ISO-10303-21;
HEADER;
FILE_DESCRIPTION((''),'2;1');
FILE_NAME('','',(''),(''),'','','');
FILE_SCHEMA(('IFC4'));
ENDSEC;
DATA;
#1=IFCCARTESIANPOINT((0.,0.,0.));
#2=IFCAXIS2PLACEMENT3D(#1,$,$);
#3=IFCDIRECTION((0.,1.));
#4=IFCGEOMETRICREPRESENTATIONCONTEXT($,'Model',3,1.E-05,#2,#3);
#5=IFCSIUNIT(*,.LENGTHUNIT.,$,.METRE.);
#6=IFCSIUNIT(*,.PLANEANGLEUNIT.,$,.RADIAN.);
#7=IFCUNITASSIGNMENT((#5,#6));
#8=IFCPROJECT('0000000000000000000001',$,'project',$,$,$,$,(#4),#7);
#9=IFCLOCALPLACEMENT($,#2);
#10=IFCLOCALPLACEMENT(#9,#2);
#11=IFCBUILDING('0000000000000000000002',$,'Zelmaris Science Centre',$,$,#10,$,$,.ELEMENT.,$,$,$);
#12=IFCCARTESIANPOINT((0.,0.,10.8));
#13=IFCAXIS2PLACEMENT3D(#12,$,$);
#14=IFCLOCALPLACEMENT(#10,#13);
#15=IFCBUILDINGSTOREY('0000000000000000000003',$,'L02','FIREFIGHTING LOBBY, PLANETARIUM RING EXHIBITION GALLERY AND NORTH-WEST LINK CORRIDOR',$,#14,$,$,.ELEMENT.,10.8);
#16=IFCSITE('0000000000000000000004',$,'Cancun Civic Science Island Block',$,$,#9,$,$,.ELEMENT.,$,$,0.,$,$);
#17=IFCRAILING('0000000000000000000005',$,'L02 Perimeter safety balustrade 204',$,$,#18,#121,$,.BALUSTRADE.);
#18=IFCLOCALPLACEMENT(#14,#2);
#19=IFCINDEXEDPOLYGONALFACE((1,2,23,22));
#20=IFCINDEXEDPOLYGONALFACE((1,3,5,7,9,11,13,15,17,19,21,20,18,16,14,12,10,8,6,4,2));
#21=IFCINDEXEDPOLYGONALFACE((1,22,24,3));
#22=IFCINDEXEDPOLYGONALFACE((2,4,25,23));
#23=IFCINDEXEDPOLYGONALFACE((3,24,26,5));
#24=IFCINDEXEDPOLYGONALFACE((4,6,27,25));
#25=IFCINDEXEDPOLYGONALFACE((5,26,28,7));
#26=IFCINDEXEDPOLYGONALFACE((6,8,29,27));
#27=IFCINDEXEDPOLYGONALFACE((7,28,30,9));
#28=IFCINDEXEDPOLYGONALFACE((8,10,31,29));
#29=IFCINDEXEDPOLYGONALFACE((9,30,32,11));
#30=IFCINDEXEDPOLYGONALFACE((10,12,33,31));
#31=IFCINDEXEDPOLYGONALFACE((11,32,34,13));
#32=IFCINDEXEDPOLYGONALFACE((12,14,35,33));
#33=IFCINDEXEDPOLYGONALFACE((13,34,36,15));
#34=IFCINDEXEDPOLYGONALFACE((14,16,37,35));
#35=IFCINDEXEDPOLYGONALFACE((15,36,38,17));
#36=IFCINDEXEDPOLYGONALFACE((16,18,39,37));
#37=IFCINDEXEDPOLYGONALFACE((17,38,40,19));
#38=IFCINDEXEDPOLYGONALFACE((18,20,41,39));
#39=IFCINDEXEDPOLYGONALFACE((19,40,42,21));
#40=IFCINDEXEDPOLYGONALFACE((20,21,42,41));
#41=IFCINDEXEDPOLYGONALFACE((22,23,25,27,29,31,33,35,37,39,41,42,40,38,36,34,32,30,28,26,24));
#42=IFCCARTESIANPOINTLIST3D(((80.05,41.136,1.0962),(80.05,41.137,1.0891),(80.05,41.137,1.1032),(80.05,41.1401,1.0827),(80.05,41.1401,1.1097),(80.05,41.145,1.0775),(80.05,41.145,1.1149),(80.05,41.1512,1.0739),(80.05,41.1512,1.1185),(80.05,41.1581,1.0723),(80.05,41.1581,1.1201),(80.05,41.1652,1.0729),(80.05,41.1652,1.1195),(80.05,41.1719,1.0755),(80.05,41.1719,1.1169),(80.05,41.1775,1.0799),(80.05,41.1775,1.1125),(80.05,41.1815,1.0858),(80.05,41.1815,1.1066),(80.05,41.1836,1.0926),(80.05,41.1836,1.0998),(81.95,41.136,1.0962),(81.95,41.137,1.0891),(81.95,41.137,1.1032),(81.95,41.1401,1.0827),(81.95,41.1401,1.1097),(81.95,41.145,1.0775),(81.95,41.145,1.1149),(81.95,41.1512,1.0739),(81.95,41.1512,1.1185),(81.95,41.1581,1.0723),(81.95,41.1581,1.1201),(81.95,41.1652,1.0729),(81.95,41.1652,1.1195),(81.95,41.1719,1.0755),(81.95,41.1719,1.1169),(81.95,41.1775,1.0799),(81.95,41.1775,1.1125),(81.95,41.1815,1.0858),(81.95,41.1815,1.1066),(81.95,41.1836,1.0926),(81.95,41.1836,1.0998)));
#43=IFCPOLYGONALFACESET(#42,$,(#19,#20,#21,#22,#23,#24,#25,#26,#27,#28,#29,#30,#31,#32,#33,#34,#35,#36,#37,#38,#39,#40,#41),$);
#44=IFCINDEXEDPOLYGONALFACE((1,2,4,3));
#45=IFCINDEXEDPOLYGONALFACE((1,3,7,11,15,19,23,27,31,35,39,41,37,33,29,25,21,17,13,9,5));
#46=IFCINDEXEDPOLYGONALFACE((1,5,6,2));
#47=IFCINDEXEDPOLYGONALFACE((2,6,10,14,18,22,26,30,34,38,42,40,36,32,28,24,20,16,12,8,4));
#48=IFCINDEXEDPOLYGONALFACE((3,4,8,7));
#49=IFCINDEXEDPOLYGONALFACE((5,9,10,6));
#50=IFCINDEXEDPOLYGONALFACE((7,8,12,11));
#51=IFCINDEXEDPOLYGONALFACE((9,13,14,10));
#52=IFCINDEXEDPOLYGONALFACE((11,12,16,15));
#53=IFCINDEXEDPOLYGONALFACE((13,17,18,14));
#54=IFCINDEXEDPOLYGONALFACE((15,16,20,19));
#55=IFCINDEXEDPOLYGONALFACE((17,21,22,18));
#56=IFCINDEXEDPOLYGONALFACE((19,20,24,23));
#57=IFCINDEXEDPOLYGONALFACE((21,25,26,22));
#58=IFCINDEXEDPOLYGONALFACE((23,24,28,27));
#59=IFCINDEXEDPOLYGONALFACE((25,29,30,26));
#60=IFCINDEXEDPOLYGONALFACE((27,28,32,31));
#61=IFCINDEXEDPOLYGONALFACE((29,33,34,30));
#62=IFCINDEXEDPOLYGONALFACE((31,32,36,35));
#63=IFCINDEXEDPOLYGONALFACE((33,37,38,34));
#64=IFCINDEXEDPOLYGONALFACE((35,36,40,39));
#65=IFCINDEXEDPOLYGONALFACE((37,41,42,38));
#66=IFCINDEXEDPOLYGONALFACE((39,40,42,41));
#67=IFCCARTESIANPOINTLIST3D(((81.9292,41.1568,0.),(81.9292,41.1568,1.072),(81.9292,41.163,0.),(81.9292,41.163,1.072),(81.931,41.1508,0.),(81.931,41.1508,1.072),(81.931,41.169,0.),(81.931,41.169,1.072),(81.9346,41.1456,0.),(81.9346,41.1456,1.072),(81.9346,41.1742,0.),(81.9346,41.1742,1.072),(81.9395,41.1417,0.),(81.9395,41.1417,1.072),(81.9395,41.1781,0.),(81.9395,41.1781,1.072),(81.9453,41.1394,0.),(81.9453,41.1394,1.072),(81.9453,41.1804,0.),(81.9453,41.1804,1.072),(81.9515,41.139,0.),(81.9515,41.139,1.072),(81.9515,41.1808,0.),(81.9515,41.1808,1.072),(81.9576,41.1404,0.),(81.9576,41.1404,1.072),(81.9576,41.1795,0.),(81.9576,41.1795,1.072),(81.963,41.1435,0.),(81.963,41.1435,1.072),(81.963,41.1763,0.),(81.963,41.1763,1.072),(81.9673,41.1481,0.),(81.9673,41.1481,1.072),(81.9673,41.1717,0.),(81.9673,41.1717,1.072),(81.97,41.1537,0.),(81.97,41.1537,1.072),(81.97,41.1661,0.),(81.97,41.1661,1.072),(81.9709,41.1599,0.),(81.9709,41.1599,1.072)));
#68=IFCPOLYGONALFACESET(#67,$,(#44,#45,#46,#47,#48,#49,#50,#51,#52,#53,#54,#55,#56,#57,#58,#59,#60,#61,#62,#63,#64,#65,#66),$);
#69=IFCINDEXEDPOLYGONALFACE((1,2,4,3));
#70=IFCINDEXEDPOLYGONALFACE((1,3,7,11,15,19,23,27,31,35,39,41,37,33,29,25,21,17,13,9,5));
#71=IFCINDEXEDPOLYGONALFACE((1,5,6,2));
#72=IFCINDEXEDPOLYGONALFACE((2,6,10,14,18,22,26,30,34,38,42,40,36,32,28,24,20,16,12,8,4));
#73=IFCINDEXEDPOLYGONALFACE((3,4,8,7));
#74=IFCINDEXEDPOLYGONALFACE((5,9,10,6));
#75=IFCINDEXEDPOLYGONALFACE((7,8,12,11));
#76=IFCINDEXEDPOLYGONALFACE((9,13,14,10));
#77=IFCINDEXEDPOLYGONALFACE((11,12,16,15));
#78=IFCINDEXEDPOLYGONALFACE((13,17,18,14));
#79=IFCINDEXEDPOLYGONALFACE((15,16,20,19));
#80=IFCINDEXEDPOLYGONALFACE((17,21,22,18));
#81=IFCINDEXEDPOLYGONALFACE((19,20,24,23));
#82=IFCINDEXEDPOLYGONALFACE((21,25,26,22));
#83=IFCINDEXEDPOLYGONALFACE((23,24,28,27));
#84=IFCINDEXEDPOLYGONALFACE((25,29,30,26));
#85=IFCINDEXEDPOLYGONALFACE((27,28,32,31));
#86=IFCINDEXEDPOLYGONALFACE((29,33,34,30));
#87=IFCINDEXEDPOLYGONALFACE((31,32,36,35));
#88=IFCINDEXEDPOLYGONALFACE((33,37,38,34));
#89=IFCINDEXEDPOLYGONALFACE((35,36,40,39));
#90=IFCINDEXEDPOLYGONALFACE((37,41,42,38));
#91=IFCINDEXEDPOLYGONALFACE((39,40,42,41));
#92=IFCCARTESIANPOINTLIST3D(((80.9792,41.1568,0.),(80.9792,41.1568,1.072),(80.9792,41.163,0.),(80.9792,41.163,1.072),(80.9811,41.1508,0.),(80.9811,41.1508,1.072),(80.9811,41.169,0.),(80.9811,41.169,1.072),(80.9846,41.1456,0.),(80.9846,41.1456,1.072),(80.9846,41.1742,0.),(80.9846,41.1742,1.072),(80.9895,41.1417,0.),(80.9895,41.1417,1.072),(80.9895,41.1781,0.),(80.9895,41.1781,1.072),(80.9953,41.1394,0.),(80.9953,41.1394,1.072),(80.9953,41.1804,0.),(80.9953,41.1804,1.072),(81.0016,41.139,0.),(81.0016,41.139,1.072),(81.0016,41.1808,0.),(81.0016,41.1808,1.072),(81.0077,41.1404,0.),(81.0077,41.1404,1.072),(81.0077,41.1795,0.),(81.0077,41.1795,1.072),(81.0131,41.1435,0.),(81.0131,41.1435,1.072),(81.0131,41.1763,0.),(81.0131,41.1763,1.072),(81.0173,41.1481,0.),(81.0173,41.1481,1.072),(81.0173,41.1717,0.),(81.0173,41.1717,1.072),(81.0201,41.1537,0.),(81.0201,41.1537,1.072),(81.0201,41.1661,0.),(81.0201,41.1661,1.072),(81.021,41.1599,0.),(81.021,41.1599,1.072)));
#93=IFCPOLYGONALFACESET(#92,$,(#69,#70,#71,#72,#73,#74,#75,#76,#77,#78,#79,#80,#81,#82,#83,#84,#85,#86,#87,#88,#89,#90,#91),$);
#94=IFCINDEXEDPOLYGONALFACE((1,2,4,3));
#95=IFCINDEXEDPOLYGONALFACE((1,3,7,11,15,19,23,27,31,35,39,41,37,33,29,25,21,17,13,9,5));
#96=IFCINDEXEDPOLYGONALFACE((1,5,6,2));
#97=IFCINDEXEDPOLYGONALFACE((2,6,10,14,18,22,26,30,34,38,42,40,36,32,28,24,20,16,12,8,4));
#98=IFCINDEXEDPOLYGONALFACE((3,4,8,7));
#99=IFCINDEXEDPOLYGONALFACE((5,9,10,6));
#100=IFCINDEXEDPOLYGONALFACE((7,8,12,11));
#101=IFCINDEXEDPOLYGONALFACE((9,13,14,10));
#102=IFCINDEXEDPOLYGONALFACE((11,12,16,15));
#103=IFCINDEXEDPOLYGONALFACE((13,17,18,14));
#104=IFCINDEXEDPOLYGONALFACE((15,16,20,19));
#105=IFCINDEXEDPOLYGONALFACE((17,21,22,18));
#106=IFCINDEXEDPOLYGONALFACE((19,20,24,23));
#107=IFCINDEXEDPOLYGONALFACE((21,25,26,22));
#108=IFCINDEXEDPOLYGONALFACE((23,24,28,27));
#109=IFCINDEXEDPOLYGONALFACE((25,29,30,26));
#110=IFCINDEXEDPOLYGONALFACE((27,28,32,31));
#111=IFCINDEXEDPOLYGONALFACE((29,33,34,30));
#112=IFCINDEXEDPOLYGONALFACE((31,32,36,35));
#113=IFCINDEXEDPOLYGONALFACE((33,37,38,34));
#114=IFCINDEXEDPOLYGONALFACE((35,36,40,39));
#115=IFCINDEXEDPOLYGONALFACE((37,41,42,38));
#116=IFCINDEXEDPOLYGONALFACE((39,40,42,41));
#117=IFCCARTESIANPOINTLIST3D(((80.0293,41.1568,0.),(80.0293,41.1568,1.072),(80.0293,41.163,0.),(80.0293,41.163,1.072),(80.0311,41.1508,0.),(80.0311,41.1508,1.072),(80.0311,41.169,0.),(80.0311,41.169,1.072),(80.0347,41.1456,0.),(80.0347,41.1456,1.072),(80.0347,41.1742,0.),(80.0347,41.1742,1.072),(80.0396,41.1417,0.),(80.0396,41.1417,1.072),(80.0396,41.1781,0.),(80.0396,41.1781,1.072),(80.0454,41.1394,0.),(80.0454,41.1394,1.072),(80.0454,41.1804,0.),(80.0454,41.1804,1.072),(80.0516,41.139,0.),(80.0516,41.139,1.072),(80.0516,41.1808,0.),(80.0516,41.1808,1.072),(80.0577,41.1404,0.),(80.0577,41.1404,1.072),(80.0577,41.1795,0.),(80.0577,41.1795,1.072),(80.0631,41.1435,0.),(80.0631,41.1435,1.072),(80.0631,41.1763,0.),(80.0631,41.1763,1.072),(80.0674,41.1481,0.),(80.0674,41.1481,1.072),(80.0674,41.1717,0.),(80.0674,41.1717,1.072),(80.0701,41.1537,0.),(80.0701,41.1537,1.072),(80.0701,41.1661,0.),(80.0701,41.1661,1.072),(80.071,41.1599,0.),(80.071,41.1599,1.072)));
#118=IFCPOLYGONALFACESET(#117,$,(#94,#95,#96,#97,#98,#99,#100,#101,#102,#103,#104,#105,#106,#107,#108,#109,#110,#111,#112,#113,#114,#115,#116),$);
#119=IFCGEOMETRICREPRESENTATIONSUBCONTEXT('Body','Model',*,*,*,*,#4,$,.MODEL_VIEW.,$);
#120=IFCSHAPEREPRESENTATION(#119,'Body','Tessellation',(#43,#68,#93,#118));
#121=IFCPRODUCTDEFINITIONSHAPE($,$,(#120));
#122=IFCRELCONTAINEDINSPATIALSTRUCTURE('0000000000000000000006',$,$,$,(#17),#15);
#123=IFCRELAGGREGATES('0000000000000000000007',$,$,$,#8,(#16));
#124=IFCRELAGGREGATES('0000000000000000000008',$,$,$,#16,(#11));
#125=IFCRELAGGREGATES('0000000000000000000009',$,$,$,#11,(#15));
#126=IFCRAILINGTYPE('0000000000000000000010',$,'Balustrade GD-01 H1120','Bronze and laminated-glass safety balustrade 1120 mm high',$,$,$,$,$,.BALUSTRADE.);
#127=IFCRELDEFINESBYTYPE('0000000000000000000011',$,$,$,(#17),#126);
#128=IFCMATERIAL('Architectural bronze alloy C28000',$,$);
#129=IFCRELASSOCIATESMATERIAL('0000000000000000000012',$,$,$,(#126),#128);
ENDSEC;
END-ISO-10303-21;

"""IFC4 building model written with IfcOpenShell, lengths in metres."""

from ifc_helpers import new_model, si_unit, direction, frame, origin, origin_2d, place, context, subcontext, project, spatial, circle, extrude, material, type_object, element, save


model = new_model("IFC4")

# Units and contexts
model_context = context("Model", 3, precision=1e-05, world=origin(), true_north=direction((0.0, 1.0)))
body_context = subcontext(model_context, "Body", "Model", "MODEL_VIEW")
ifc_project = project(units=[si_unit("LENGTHUNIT", "METRE"), si_unit("PLANEANGLEUNIT", "RADIAN")], contexts=[model_context])

# Site, building, storey
site_placement = place(None, origin())
site = spatial("IfcSite", under=ifc_project, at=site_placement, Name="Cancun Civic Science Island Block", CompositionType="ELEMENT", RefElevation=0.0)
building_placement = place(site_placement, origin())
building = spatial("IfcBuilding", under=site, at=building_placement, Name="Zelmaris Science Centre", CompositionType="ELEMENT")
storey_placement = place(building_placement, frame((0.0, 0.0, 10.8)))
storey = spatial("IfcBuildingStorey", under=building, at=storey_placement, Name="L02", Description="FIREFIGHTING LOBBY, PLANETARIUM RING EXHIBITION GALLERY AND NORTH-WEST LINK CORRIDOR", CompositionType="ELEMENT", Elevation=10.8)

# Railing
ifc_material_1 = material(Name="Architectural bronze alloy C28000")
railing_type = type_object("IfcRailingType", Name="Balustrade GD-01 H1120", Description="Bronze and laminated-glass safety balustrade 1120 mm high", PredefinedType="BALUSTRADE", material=ifc_material_1)
railing_1_placement = place(storey_placement, frame((81.95, 41.1599, 0.0)))
element("IfcRailing", 1, at=railing_1_placement, inside=storey, type_object=railing_type, Name="L02 Perimeter safety balustrade 204", PredefinedType="BALUSTRADE", context=body_context, shape_type="SweptSolid", body=[
    extrude(circle(Radius=0.0239, at=origin_2d()), frame((0.0, 0.0, 1.0962), z_axis=(-1.0, 0.0, 0.0), x_axis=(0.0, -1.0, 0.0)), (0.0, 0.0, 1.0), 1.8999),
    extrude(circle(Radius=0.021, at=origin_2d()), origin(), (0.0, 0.0, 1.0), 1.072),
    extrude(circle(Radius=0.021, at=origin_2d()), frame((-0.95, 0.0, 0.0)), (0.0, 0.0, 1.0), 1.072),
    extrude(circle(Radius=0.021, at=origin_2d()), frame((-1.8999, 0.0, 0.0)), (0.0, 0.0, 1.0), 1.072),
])

save(model, "model.ifc")
